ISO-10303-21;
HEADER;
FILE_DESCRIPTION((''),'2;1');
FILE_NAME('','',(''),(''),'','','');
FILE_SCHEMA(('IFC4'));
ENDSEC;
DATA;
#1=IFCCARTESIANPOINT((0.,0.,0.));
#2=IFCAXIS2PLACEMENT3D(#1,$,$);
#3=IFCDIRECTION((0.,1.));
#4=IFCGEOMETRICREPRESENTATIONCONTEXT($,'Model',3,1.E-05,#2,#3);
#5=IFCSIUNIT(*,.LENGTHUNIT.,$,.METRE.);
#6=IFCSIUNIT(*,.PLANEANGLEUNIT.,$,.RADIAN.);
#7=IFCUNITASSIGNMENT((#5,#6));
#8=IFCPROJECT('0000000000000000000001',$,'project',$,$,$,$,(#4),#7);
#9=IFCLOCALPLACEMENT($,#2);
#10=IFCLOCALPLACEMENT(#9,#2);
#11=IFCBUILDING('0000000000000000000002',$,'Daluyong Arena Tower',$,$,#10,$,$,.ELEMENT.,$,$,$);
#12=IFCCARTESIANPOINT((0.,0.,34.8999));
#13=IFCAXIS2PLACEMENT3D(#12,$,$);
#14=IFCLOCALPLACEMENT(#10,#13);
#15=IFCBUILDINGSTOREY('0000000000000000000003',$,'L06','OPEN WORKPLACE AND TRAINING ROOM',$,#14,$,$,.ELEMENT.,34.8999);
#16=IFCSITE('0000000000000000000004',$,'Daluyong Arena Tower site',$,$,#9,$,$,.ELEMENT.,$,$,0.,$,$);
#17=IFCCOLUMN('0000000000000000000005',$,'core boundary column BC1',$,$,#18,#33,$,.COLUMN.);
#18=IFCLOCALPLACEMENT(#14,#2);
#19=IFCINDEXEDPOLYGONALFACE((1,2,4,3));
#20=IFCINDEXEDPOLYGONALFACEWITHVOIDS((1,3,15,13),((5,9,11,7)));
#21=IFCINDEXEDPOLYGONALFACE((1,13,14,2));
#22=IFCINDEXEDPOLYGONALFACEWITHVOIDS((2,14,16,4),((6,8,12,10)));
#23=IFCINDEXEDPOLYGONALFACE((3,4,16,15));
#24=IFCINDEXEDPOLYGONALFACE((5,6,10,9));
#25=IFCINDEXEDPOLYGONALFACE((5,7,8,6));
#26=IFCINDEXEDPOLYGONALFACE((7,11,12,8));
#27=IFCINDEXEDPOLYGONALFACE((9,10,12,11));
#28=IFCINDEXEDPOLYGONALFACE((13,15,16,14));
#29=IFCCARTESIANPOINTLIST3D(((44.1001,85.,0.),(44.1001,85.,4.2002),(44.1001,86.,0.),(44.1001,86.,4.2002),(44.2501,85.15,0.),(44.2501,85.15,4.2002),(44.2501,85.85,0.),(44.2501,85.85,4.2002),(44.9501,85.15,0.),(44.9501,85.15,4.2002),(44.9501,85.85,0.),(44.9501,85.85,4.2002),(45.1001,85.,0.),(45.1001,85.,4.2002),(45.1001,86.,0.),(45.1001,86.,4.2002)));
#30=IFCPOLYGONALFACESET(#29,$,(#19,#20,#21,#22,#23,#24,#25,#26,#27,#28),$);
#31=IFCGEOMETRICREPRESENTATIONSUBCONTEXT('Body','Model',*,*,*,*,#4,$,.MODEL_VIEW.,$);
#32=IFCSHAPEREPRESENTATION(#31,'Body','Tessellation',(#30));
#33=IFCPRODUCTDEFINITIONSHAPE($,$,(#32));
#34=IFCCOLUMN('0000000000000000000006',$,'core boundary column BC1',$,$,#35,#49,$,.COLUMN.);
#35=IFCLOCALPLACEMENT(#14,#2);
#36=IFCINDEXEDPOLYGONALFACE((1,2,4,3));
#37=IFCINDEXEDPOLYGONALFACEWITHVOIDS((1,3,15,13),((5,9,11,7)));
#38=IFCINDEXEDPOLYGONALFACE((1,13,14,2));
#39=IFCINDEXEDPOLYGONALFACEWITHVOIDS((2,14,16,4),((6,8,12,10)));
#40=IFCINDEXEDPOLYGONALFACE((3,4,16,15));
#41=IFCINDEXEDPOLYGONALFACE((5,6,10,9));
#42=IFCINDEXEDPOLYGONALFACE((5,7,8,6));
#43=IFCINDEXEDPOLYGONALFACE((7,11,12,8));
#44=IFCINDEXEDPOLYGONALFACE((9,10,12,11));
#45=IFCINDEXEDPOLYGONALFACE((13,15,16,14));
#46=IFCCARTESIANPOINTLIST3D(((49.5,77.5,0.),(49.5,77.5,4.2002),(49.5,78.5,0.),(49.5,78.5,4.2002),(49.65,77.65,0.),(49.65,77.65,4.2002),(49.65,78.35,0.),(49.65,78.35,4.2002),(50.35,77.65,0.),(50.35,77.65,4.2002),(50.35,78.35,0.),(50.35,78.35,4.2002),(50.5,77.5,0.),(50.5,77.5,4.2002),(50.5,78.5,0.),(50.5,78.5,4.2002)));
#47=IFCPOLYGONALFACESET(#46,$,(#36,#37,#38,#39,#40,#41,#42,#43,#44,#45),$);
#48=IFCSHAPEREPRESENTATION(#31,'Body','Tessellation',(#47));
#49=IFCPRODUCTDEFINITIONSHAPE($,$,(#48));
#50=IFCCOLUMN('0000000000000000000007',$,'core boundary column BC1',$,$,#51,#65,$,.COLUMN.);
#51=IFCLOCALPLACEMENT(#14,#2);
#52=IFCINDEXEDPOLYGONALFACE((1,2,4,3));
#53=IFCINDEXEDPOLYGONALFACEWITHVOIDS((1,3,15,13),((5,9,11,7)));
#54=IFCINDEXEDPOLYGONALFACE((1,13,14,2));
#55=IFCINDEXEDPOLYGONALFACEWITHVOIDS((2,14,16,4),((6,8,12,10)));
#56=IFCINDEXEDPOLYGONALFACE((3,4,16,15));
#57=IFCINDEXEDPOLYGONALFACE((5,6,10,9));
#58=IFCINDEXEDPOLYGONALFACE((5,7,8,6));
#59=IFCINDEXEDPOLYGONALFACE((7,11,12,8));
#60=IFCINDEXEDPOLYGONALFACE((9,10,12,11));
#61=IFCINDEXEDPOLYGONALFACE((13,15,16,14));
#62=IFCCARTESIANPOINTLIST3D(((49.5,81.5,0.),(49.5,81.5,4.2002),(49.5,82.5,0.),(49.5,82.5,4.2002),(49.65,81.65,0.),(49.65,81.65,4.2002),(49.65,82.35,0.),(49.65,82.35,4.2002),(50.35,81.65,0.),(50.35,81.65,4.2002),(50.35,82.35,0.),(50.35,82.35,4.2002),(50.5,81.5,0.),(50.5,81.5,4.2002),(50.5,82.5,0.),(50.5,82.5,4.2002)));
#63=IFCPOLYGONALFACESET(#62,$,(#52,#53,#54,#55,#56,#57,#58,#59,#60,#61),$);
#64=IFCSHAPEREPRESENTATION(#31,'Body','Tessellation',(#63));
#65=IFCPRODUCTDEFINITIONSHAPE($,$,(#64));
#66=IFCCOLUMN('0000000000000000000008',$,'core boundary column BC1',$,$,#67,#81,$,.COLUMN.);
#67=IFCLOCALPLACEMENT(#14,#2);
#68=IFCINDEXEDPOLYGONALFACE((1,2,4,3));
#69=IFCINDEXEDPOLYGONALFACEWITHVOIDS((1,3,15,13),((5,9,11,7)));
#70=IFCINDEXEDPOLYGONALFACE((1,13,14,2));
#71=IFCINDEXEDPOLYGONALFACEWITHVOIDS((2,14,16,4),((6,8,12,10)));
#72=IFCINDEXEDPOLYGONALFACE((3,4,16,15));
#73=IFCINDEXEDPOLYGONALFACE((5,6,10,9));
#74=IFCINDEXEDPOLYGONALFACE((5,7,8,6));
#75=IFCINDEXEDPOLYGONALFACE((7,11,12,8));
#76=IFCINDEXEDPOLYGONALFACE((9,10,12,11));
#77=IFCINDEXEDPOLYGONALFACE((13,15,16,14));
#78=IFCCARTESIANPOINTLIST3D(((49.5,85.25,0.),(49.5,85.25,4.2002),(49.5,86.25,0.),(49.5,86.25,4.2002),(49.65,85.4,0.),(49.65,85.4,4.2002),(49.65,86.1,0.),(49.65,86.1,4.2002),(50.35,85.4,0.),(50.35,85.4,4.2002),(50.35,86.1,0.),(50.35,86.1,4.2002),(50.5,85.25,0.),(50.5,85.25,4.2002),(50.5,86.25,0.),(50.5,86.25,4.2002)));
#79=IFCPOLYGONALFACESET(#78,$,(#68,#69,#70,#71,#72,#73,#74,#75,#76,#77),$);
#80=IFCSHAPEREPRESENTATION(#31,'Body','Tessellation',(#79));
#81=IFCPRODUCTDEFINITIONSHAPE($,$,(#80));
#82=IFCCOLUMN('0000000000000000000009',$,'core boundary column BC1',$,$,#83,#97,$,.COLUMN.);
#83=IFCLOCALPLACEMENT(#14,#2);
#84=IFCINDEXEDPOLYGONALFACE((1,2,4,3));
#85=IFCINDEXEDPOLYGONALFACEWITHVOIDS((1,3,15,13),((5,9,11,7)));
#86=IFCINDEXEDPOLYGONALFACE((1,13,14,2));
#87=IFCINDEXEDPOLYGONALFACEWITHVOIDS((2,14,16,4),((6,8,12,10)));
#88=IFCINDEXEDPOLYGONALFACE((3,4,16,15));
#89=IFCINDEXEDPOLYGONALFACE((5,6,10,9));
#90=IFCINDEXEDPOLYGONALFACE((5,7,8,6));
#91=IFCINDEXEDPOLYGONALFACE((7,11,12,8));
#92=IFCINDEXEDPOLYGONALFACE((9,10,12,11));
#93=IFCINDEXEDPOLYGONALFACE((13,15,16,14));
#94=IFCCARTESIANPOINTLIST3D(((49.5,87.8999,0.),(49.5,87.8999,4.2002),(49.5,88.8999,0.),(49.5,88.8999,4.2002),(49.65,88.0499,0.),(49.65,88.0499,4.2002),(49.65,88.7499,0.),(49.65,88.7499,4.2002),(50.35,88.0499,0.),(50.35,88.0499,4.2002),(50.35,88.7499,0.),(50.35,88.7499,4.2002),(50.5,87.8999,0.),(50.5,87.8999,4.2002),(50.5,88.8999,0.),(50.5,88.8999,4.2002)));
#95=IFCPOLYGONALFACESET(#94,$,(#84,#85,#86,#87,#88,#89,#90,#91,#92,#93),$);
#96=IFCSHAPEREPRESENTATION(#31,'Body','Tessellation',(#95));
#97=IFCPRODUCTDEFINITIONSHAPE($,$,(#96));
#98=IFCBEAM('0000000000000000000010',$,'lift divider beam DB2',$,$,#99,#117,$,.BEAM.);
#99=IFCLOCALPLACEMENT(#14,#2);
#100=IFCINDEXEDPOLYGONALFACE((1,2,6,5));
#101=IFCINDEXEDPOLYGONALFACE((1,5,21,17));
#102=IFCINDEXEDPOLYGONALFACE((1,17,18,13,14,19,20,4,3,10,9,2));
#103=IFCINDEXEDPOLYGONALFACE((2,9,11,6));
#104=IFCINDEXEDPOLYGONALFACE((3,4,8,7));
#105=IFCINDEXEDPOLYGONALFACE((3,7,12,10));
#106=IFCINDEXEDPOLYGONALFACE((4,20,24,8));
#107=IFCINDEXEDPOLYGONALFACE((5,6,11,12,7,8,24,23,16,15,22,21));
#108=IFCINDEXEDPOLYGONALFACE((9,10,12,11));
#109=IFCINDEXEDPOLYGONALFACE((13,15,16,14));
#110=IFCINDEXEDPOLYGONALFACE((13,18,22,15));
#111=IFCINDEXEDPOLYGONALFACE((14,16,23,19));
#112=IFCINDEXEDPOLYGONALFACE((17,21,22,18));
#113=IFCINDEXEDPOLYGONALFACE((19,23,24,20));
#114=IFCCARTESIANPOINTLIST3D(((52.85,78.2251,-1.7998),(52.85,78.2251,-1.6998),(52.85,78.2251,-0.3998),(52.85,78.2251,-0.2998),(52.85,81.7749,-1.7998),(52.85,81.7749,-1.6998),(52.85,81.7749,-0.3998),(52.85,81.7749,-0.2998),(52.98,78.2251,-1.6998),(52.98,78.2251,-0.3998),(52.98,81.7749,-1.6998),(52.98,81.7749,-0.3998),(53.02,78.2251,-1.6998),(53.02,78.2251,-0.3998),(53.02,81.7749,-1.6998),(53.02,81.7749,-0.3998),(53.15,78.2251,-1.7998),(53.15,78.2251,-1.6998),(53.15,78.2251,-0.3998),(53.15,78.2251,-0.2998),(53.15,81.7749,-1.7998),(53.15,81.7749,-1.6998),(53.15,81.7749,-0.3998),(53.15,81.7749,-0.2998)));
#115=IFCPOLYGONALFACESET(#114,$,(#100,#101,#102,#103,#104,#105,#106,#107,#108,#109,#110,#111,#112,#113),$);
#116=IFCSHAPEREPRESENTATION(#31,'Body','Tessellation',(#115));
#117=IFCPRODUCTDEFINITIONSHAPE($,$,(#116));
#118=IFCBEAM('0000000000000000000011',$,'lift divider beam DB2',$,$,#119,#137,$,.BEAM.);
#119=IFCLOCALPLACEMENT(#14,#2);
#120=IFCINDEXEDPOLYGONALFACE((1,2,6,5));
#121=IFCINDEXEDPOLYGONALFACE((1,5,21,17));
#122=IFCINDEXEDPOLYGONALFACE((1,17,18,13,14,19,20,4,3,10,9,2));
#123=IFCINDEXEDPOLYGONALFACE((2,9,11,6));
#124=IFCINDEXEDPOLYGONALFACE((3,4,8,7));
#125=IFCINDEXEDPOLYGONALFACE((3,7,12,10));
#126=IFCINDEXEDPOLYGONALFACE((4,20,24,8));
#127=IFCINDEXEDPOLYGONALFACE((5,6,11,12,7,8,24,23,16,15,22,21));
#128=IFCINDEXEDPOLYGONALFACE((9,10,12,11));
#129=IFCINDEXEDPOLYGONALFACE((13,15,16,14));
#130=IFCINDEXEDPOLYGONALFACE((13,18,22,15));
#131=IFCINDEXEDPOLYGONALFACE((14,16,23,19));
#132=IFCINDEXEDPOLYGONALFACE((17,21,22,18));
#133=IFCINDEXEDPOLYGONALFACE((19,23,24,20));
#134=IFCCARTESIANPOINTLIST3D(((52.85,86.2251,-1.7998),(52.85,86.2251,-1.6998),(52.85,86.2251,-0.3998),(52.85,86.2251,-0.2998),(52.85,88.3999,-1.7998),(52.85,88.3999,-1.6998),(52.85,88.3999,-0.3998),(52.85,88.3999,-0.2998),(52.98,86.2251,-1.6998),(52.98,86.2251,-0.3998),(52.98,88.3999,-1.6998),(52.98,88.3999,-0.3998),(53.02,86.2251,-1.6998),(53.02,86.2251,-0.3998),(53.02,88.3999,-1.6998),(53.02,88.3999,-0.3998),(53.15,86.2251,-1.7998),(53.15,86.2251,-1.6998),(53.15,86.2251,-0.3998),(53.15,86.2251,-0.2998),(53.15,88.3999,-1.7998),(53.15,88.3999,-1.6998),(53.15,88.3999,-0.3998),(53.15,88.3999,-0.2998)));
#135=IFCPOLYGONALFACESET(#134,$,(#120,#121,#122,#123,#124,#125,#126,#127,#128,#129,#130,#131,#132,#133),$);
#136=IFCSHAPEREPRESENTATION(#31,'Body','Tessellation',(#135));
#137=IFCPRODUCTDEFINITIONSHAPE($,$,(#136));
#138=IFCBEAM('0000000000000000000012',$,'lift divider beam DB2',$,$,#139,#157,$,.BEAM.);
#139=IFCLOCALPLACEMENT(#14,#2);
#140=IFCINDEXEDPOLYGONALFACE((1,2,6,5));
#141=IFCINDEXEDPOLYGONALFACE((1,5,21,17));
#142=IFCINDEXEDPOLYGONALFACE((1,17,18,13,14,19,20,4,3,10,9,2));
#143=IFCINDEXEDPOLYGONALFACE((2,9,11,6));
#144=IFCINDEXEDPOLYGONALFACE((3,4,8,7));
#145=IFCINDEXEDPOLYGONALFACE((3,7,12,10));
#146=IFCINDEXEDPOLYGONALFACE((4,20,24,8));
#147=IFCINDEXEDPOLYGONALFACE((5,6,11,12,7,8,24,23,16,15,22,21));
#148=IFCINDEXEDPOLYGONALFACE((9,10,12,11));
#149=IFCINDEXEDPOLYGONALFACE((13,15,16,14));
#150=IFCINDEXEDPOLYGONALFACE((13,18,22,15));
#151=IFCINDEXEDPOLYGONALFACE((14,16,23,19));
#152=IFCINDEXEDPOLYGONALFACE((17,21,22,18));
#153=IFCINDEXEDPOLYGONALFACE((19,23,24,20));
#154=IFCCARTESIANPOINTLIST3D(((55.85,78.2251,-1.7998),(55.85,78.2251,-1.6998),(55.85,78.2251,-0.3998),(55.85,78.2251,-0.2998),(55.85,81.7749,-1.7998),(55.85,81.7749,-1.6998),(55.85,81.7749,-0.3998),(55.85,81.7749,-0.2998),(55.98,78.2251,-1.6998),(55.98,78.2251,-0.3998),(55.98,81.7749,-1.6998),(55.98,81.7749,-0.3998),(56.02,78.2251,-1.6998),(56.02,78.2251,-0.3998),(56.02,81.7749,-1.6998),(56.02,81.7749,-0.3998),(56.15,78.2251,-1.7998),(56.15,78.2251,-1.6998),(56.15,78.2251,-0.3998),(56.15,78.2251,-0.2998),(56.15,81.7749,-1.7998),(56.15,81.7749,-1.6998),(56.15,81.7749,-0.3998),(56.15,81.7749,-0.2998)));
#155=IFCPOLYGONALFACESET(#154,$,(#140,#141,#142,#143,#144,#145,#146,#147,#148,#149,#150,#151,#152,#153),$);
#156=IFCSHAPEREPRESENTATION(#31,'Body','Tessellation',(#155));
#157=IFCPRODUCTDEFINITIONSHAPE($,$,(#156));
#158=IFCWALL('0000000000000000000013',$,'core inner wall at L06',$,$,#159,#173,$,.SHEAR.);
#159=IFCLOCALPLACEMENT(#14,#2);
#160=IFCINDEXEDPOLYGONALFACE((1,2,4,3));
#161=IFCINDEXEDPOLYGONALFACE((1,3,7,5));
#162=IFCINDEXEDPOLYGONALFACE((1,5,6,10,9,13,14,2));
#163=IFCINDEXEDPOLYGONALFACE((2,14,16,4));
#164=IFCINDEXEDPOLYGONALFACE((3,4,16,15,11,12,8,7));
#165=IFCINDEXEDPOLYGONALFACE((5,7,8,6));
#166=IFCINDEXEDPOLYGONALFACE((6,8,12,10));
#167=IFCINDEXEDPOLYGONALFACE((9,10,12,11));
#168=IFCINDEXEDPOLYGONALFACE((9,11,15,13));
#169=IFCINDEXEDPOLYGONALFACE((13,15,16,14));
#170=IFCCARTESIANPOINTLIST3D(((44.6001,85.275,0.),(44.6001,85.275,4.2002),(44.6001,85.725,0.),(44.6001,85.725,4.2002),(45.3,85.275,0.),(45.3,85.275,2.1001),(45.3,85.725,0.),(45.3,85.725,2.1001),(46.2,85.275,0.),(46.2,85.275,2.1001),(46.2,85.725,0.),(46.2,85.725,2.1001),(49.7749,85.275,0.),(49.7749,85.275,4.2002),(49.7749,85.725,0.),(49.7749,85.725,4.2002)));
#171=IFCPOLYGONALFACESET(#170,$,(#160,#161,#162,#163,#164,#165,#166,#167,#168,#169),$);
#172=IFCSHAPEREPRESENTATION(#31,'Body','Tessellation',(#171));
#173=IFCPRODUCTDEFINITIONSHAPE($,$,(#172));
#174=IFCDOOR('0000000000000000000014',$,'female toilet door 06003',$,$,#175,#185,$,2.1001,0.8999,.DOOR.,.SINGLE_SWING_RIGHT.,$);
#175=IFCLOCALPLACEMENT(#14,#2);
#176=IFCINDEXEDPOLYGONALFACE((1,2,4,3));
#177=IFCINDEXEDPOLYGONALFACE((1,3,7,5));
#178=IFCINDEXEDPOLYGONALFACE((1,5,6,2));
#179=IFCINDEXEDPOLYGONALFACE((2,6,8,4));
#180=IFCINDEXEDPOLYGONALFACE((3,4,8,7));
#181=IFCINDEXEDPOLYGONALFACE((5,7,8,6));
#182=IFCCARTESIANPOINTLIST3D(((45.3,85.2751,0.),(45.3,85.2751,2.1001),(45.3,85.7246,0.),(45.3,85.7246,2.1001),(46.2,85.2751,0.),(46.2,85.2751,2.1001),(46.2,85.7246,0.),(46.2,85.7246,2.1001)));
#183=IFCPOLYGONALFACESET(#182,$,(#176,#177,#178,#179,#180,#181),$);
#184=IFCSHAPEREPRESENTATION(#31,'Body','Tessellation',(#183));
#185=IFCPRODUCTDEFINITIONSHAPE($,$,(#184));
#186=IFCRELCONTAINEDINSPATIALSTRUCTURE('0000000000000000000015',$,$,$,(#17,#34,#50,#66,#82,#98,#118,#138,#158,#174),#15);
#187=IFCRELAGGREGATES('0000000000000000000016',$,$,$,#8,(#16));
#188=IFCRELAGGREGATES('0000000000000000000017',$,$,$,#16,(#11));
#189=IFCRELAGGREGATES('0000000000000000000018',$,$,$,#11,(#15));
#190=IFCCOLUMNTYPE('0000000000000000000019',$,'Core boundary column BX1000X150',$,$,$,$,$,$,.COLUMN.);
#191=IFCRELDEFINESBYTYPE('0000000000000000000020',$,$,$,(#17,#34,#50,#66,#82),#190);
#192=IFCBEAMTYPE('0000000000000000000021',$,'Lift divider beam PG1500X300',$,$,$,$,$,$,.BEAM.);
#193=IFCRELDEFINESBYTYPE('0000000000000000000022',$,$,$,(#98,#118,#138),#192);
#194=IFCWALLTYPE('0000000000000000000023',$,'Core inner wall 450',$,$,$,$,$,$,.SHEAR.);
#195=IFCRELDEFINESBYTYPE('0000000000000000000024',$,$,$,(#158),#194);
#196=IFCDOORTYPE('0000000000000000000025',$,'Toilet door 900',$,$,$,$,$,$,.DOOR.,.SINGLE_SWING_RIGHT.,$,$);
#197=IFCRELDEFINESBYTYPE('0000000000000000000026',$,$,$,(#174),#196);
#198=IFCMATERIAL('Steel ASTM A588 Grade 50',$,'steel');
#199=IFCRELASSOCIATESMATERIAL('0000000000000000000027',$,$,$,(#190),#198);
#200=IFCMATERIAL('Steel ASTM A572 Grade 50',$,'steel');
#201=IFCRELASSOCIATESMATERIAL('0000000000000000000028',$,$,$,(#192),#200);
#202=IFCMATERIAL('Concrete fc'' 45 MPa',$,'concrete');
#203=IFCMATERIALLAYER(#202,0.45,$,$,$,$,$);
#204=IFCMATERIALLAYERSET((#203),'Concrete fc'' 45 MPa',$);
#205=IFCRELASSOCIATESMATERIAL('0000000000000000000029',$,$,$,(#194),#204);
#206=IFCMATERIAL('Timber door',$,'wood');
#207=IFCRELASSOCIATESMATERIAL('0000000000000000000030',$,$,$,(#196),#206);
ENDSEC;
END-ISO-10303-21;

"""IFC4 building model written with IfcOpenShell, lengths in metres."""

from ifc_helpers import new_model, si_unit, direction, frame, frame_2d, origin, origin_2d, place, context, subcontext, project, spatial, rectangle, hollow_rectangle, i_section, extrude, material, layer, layer_set, material_profile, profile_set, type_object, element, fill, save


model = new_model("IFC4")

# Units and contexts
model_context = context("Model", 3, precision=1e-05, world=origin(), true_north=direction((0.0, 1.0)))
body_context = subcontext(model_context, "Body", "Model", "MODEL_VIEW")
ifc_project = project(units=[si_unit("LENGTHUNIT", "METRE"), si_unit("PLANEANGLEUNIT", "RADIAN")], contexts=[model_context])

# Site, building, storey
site_placement = place(None, origin())
site = spatial("IfcSite", under=ifc_project, at=site_placement, Name="Daluyong Arena Tower site", CompositionType="ELEMENT", RefElevation=0.0)
building_placement = place(site_placement, origin())
building = spatial("IfcBuilding", under=site, at=building_placement, Name="Daluyong Arena Tower", CompositionType="ELEMENT")
storey_placement = place(building_placement, frame((0.0, 0.0, 34.8999)))
storey = spatial("IfcBuildingStorey", under=building, at=storey_placement, Name="L06", Description="OPEN WORKPLACE AND TRAINING ROOM", CompositionType="ELEMENT", Elevation=34.8999)

# Columns
ifc_material_1 = material(Name="Steel ASTM A588 Grade 50", Category="steel")
ifc_material_profile_1 = material_profile(ifc_material_1, hollow_rectangle(XDim=1.0, YDim=1.0, WallThickness=0.15, at=origin_2d()))
ifc_profile_set_1 = profile_set([ifc_material_profile_1], Name="Steel ASTM A588 Grade 50")
column_type = type_object("IfcColumnType", Name="Core boundary column BX1000X150", PredefinedType="COLUMN", material=ifc_profile_set_1)
for number, where, z_axis, x_axis, name in (
    (1, (44.6001, 85.5, 0.0), (0.0, 0.0, 1.0), (1.0, 0.0, 0.0), "core boundary column BC1"),
    (2, (50.0, 78.0, 0.0), (0.0, 0.0, 1.0), (1.0, 0.0, 0.0), "core boundary column BC1"),
    (3, (50.0, 82.0, 0.0), (0.0, 0.0, 1.0), (1.0, 0.0, 0.0), "core boundary column BC1"),
    (4, (50.0, 85.75, 0.0), (0.0, 0.0, 1.0), (1.0, 0.0, 0.0), "core boundary column BC1"),
    (5, (50.0, 88.3999, 0.0), (0.0, 0.0, 1.0), (1.0, 0.0, 0.0), "core boundary column BC1"),
):
    element("IfcColumn", number, at=place(storey_placement, frame(where, z_axis=z_axis, x_axis=x_axis)), inside=storey, type_object=column_type, Name=name, PredefinedType="COLUMN", context=body_context, shape_type="SweptSolid", body=[
        extrude(hollow_rectangle(XDim=1.0, YDim=1.0, WallThickness=0.15, at=origin_2d()), origin(), (0.0, 0.0, 1.0), 4.2002),
    ])

# Beams
ifc_material_2 = material(Name="Steel ASTM A572 Grade 50", Category="steel")
ifc_material_profile_2 = material_profile(ifc_material_2, i_section(OverallWidth=0.3, OverallDepth=1.5, WebThickness=0.04, FlangeThickness=0.1, at=origin_2d()))
ifc_profile_set_2 = profile_set([ifc_material_profile_2], Name="Steel ASTM A572 Grade 50")
beam_type = type_object("IfcBeamType", Name="Lift divider beam PG1500X300", PredefinedType="BEAM", material=ifc_profile_set_2)
beam_1_placement = place(storey_placement, frame((53.0, 78.2251, -1.0498), z_axis=(0.0, 1.0, 0.0), x_axis=(-1.0, 0.0, 0.0)))
element("IfcBeam", 6, at=beam_1_placement, inside=storey, type_object=beam_type, Name="lift divider beam DB2", PredefinedType="BEAM", context=body_context, shape_type="SweptSolid", body=[
    extrude(i_section(OverallWidth=0.3, OverallDepth=1.5, WebThickness=0.04, FlangeThickness=0.1, at=origin_2d()), origin(), (0.0, 0.0, 1.0), 3.5498),
])
beam_2_placement = place(storey_placement, frame((53.0, 86.2251, -1.0498), z_axis=(0.0, 1.0, 0.0), x_axis=(-1.0, 0.0, 0.0)))
element("IfcBeam", 7, at=beam_2_placement, inside=storey, type_object=beam_type, Name="lift divider beam DB2", PredefinedType="BEAM", context=body_context, shape_type="SweptSolid", body=[
    extrude(i_section(OverallWidth=0.3, OverallDepth=1.5, WebThickness=0.04, FlangeThickness=0.1, at=origin_2d()), origin(), (0.0, 0.0, 1.0), 2.1748),
])
beam_3_placement = place(storey_placement, frame((56.0, 78.2251, -1.0498), z_axis=(0.0, 1.0, 0.0), x_axis=(-1.0, 0.0, 0.0)))
element("IfcBeam", 8, at=beam_3_placement, inside=storey, type_object=beam_type, Name="lift divider beam DB2", PredefinedType="BEAM", context=body_context, shape_type="SweptSolid", body=[
    extrude(i_section(OverallWidth=0.3, OverallDepth=1.5, WebThickness=0.04, FlangeThickness=0.1, at=origin_2d()), origin(), (0.0, 0.0, 1.0), 3.5498),
])

# Wall, opening, door
ifc_material_3 = material(Name="Concrete fc' 45 MPa", Category="concrete")
ifc_layer_1 = layer(ifc_material_3, 0.45)
ifc_layer_set_1 = layer_set([ifc_layer_1], Name="Concrete fc' 45 MPa")
wall_type_1 = type_object("IfcWallType", Name="Core inner wall 450", PredefinedType="SHEAR", material=ifc_layer_set_1)
wall_1_placement = place(storey_placement, frame((44.6001, 85.5, 0.0), z_axis=(0.0, 0.0, 1.0), x_axis=(1.0, 0.0, 0.0)))
wall_1 = element("IfcWall", 9, at=wall_1_placement, inside=storey, type_object=wall_type_1, Name="core inner wall at L06", PredefinedType="SHEAR", context=body_context, shape_type="SweptSolid", body=[
    extrude(rectangle(XDim=5.1748, YDim=0.45, at=frame_2d((2.5874, 0.0))), origin(), (0.0, 0.0, 1.0), 4.2002),
])
opening_1_placement = place(wall_1_placement, frame((0.7, 0.0, 0.0)))
opening_1 = element("IfcOpeningElement", 10, at=opening_1_placement, cuts=wall_1, PredefinedType="OPENING", context=body_context, shape_type="SweptSolid", body=[
    extrude(rectangle(XDim=0.8999, YDim=2.1001, at=frame_2d((0.45, 1.05))), frame((0.0, 0.2349, 0.0), z_axis=(0.0, -1.0, 0.0), x_axis=(1.0, 0.0, 0.0)), (0.0, 0.0, 1.0), 0.47),
])
ifc_material_4 = material(Name="Timber door", Category="wood")
door_type_1 = type_object("IfcDoorType", Name="Toilet door 900", OperationType="SINGLE_SWING_RIGHT", PredefinedType="DOOR", material=ifc_material_4)
door_1_placement = place(opening_1_placement, origin())
door_1 = element("IfcDoor", 11, at=door_1_placement, inside=storey, type_object=door_type_1, Name="female toilet door 06003", OperationType="SINGLE_SWING_RIGHT", OverallHeight=2.1001, OverallWidth=0.8999, PredefinedType="DOOR", context=body_context, shape_type="SweptSolid", body=[
    extrude(rectangle(XDim=0.8999, YDim=2.1001, at=frame_2d((0.45, 1.05))), frame((0.0, 0.2246, 0.0), z_axis=(0.0, -1.0, 0.0), x_axis=(1.0, 0.0, 0.0)), (0.0, 0.0, 1.0), 0.4495),
])
fill(opening_1, door_1)

save(model, "model.ifc")
